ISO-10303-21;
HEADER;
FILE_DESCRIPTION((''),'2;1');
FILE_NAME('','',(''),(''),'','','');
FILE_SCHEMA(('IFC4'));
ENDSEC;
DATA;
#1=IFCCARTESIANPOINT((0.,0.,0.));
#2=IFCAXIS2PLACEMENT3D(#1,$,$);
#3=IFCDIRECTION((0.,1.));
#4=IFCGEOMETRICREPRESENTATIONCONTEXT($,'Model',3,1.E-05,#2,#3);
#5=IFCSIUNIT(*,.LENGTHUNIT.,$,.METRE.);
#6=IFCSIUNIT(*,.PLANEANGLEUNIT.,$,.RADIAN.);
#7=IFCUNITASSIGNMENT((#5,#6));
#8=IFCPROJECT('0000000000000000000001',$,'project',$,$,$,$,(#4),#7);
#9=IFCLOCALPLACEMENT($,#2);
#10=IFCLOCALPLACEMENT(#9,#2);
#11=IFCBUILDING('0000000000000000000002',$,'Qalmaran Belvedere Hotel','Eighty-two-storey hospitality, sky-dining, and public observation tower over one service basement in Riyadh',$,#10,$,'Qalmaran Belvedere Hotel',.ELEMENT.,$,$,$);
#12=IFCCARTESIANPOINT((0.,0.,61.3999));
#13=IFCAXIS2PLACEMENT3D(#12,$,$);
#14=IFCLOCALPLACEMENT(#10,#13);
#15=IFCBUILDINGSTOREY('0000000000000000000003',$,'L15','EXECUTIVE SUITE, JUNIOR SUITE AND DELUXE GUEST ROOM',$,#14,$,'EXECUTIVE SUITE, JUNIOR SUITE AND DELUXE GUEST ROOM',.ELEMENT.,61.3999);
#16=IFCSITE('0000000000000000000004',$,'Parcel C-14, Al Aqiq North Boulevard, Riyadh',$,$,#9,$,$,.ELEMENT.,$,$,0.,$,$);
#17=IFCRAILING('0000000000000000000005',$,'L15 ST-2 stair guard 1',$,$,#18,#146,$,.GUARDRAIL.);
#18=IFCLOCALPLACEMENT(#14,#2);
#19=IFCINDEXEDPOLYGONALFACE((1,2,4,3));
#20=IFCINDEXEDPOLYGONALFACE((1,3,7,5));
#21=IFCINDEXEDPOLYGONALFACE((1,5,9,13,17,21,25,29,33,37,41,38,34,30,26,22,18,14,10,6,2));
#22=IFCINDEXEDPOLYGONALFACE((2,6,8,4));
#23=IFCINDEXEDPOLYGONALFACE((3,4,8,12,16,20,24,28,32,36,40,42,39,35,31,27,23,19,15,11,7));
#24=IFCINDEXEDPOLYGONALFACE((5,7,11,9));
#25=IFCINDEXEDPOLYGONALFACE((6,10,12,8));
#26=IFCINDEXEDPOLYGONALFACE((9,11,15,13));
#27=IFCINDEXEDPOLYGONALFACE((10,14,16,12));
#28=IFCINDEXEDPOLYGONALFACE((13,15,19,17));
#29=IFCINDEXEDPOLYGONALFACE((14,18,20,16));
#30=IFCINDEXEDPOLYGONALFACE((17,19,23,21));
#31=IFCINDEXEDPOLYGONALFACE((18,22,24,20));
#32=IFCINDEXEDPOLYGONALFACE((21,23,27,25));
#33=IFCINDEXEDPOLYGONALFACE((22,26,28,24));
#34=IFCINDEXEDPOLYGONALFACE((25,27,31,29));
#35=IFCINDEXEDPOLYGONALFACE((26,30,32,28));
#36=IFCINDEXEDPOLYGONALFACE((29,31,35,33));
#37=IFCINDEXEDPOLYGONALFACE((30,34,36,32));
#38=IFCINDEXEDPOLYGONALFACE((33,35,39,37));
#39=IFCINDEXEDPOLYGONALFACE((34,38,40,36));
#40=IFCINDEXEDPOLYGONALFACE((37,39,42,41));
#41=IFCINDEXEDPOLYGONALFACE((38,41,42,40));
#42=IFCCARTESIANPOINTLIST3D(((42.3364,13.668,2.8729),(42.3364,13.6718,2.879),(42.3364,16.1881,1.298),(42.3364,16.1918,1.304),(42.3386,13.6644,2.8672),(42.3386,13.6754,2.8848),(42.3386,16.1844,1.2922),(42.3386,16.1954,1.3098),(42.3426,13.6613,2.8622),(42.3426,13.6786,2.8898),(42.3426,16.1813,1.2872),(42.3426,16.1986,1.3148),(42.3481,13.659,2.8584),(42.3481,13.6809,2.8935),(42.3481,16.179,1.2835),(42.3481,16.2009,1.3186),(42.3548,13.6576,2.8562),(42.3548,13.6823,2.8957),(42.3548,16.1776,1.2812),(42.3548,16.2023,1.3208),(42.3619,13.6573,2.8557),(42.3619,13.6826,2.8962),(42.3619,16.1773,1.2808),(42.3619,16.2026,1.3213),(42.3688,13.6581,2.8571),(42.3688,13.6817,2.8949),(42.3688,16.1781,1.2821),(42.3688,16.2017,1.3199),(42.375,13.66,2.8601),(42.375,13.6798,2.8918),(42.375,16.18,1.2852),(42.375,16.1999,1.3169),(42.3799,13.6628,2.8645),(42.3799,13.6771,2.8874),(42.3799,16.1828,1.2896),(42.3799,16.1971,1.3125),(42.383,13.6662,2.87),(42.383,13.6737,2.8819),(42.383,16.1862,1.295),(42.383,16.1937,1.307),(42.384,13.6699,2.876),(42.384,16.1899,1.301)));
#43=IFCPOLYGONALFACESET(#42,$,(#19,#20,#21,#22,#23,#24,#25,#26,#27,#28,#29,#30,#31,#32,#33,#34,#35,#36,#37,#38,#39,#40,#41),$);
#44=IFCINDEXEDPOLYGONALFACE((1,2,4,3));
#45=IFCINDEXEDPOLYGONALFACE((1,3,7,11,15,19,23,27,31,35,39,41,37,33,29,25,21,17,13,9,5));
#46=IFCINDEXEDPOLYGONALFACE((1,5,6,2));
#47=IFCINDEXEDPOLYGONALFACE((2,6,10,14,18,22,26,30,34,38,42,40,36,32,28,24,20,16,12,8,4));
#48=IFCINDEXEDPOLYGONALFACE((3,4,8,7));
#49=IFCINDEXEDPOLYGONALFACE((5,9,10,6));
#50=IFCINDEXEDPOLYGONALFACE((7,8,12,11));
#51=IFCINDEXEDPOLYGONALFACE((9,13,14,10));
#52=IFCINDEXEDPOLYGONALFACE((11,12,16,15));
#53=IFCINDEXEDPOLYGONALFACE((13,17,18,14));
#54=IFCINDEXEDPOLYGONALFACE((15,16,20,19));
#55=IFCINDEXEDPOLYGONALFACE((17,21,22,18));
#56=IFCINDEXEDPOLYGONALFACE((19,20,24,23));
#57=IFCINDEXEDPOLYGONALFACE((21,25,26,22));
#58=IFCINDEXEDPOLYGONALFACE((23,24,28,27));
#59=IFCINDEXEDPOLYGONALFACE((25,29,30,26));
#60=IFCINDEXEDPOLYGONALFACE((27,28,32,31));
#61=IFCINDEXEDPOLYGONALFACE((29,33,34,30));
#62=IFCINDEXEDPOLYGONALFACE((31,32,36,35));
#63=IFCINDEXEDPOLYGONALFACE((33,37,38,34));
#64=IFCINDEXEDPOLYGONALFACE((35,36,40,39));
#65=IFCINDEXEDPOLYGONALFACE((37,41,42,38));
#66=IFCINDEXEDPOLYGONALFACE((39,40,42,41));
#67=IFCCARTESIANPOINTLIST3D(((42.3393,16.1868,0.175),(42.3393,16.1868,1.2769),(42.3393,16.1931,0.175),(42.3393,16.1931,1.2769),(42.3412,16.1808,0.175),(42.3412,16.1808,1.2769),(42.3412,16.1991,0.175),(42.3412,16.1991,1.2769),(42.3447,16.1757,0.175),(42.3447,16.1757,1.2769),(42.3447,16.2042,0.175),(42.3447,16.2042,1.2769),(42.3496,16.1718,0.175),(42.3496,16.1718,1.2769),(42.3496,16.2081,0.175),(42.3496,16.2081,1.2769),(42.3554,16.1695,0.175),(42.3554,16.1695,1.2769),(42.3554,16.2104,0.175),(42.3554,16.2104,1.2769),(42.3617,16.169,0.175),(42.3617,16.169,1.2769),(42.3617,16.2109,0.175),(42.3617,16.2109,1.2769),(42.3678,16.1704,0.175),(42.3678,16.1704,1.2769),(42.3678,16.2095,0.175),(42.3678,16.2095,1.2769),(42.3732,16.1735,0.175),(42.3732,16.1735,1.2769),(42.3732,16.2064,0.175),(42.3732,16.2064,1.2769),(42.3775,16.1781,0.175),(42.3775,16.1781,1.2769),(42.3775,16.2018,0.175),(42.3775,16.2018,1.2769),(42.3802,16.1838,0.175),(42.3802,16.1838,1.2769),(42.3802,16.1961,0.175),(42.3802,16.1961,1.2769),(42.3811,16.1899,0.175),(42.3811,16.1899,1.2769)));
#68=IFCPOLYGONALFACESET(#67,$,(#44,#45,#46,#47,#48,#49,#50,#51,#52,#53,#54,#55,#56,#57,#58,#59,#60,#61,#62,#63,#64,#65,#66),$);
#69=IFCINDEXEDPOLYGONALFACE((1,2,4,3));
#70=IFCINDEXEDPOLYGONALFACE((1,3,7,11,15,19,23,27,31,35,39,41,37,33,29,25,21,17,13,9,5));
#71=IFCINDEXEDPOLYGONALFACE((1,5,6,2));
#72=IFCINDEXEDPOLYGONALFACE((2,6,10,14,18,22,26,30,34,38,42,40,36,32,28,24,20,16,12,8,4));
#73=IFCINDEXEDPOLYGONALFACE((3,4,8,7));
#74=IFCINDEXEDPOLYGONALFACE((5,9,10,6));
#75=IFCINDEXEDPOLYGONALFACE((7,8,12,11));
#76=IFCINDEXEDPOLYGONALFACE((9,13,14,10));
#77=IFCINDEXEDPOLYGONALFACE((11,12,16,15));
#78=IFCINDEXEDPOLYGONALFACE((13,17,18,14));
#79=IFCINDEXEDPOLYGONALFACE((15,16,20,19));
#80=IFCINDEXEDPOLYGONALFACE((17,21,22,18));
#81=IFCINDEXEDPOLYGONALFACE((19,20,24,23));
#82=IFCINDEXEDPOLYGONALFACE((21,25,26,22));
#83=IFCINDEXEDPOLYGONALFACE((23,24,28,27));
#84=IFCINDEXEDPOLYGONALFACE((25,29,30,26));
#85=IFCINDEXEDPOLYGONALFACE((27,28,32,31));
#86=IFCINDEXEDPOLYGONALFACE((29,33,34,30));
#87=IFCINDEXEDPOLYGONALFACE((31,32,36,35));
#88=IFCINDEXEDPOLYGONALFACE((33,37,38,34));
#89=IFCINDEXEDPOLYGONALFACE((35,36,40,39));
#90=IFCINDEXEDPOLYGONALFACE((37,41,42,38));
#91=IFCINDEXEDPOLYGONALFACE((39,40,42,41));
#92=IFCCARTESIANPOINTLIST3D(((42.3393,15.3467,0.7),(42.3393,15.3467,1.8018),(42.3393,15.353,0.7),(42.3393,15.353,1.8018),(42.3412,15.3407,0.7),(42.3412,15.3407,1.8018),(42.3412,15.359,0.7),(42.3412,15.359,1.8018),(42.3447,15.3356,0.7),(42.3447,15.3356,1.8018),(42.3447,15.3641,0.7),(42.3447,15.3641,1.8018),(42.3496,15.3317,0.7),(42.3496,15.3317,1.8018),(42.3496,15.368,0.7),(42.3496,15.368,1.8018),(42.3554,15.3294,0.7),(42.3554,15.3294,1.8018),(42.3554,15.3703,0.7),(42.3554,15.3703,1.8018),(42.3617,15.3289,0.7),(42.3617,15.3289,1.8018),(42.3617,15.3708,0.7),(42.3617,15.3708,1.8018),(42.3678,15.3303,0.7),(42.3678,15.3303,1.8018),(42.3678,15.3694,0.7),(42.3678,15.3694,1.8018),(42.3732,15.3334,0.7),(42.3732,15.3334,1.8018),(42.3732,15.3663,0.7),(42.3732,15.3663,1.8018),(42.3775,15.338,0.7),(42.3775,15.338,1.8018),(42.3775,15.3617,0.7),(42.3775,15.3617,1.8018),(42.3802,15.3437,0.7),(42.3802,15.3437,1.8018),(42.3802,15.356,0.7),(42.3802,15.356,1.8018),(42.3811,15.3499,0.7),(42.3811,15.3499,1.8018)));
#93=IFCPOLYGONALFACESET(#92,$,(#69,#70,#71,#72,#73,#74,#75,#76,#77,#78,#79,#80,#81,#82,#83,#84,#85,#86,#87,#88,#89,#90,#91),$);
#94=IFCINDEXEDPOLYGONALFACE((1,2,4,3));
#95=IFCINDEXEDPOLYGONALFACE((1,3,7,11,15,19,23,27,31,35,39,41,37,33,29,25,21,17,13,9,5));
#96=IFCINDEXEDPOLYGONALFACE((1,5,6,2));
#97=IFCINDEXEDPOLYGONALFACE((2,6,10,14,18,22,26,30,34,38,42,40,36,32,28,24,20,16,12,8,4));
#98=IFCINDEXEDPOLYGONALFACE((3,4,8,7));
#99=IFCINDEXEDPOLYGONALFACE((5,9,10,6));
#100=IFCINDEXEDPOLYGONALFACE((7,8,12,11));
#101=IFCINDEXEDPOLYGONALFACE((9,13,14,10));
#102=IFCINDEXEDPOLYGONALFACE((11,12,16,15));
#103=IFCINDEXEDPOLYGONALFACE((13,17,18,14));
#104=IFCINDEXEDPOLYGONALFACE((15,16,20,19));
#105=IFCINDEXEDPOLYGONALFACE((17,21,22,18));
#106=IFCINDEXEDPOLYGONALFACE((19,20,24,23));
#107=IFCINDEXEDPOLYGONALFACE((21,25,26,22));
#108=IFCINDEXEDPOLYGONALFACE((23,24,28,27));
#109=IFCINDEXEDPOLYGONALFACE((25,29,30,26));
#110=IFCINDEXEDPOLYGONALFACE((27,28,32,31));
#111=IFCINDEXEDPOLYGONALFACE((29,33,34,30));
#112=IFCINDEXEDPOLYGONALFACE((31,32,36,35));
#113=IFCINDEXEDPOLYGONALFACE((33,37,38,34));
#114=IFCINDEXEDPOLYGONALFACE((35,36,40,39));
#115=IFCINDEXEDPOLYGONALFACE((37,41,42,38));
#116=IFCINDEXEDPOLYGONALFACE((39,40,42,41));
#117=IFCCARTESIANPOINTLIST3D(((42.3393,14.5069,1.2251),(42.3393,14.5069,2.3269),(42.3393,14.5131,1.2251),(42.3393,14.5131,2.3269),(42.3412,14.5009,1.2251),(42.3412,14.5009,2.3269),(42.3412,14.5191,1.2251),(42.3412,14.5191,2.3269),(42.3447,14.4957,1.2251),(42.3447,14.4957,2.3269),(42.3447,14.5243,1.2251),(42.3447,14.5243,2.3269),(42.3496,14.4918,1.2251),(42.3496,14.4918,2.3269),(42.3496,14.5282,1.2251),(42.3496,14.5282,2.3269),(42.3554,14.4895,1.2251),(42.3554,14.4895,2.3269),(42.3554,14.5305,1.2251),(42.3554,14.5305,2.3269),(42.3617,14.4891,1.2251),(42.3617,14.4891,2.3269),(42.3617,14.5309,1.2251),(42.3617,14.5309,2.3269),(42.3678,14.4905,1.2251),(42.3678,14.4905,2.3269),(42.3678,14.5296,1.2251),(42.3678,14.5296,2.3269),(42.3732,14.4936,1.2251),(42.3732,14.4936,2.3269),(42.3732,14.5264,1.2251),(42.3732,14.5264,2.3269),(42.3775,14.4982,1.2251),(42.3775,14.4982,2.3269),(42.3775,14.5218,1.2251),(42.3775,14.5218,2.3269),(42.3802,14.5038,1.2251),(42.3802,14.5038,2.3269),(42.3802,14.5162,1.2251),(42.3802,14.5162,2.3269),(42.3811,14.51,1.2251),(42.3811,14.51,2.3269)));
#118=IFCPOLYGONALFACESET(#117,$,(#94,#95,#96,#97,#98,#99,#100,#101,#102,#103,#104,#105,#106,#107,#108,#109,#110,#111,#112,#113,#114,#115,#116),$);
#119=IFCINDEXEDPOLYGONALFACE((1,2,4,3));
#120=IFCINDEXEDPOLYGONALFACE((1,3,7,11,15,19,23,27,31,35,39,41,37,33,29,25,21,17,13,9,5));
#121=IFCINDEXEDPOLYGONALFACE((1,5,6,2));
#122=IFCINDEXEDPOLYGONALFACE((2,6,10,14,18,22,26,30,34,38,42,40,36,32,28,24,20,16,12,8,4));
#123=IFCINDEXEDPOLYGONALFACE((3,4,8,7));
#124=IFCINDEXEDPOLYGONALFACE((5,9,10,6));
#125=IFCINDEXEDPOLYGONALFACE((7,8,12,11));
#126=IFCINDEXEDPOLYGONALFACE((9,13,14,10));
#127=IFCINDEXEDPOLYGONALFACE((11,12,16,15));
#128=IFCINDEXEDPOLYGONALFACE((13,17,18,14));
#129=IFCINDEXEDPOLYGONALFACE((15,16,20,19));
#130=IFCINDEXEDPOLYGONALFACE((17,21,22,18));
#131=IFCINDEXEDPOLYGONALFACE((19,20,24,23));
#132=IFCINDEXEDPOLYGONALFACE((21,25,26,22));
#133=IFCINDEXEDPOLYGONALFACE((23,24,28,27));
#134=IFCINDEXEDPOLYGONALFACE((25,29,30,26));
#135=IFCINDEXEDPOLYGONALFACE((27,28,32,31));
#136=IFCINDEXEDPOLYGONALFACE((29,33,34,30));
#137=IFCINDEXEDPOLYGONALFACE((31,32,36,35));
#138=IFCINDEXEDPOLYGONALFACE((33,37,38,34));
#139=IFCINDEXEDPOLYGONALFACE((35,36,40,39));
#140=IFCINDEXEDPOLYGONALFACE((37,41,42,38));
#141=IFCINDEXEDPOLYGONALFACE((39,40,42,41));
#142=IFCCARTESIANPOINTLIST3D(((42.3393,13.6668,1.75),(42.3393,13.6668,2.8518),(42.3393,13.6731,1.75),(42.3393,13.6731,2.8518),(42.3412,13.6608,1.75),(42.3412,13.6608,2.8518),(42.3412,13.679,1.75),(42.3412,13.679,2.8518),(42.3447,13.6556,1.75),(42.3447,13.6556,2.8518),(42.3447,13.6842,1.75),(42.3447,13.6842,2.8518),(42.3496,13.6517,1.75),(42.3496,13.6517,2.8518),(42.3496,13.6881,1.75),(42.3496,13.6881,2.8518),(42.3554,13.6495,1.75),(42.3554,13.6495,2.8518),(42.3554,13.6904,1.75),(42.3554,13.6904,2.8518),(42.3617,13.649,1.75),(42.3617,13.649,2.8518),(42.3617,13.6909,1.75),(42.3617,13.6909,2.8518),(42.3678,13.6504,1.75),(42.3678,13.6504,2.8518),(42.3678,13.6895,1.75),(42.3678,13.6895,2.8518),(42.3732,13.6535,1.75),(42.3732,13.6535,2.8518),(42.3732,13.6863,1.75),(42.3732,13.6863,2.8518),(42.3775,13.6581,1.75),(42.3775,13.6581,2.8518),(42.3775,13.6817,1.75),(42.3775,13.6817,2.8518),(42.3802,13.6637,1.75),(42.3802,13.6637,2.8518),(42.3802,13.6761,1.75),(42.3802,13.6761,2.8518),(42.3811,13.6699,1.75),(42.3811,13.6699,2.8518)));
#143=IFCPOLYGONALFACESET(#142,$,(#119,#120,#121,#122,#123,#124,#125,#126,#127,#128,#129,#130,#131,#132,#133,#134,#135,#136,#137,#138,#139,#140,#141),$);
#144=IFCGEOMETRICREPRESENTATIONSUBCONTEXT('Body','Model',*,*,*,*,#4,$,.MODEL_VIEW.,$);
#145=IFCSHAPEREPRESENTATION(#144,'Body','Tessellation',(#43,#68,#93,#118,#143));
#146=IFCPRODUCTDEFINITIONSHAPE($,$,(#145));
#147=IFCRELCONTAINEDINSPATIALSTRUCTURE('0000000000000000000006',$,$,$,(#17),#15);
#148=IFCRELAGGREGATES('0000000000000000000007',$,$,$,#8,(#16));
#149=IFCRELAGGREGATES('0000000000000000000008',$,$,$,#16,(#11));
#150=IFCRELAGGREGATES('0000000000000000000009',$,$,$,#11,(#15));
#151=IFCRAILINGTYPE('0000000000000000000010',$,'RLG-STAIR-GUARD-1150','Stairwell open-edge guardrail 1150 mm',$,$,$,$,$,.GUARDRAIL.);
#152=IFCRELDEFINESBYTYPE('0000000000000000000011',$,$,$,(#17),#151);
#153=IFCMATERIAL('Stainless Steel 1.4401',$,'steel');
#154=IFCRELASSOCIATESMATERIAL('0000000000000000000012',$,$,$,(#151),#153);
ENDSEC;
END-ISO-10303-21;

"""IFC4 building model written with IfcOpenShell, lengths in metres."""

from ifc_helpers import new_model, si_unit, direction, frame, origin, origin_2d, place, context, subcontext, project, spatial, circle, extrude, material, type_object, element, save


model = new_model("IFC4")

# Units and contexts
model_context = context("Model", 3, precision=1e-05, world=origin(), true_north=direction((0.0, 1.0)))
body_context = subcontext(model_context, "Body", "Model", "MODEL_VIEW")
ifc_project = project(units=[si_unit("LENGTHUNIT", "METRE"), si_unit("PLANEANGLEUNIT", "RADIAN")], contexts=[model_context])

# Site, building, storey
site_placement = place(None, origin())
site = spatial("IfcSite", under=ifc_project, at=site_placement, Name="Parcel C-14, Al Aqiq North Boulevard, Riyadh", CompositionType="ELEMENT", RefElevation=0.0)
building_placement = place(site_placement, origin())
building = spatial("IfcBuilding", under=site, at=building_placement, Name="Qalmaran Belvedere Hotel", Description="Eighty-two-storey hospitality, sky-dining, and public observation tower over one service basement in Riyadh", LongName="Qalmaran Belvedere Hotel", CompositionType="ELEMENT")
storey_placement = place(building_placement, frame((0.0, 0.0, 61.3999)))
storey = spatial("IfcBuildingStorey", under=building, at=storey_placement, Name="L15", Description="EXECUTIVE SUITE, JUNIOR SUITE AND DELUXE GUEST ROOM", LongName="EXECUTIVE SUITE, JUNIOR SUITE AND DELUXE GUEST ROOM", CompositionType="ELEMENT", Elevation=61.3999)

# Shared definitions
ifc_material_1 = material(Name="Stainless Steel 1.4401", Category="steel")

# Railing
railing_type_1 = type_object("IfcRailingType", Name="RLG-STAIR-GUARD-1150", Description="Stairwell open-edge guardrail 1150 mm", PredefinedType="GUARDRAIL", material=ifc_material_1)
railing_1_placement = place(storey_placement, frame((42.3601, 16.1899, 0.175)))
element("IfcRailing", 1, at=railing_1_placement, inside=storey, type_object=railing_type_1, Name="L15 ST-2 stair guard 1", PredefinedType="GUARDRAIL", context=body_context, shape_type="SweptSolid", body=[
    extrude(circle(Radius=0.0239, at=origin_2d()), frame((0.0, 0.0, 1.126), z_axis=(0.0, -0.848008, 0.529984), x_axis=(1.0, 0.0, 0.0)), (0.0, 0.0, 1.0), 2.9717),
    extrude(circle(Radius=0.021, at=origin_2d()), origin(), (0.0, 0.0, 1.0), 1.1018),
    extrude(circle(Radius=0.021, at=origin_2d()), frame((0.0, -0.8401, 0.5249)), (0.0, 0.0, 1.0), 1.1018),
    extrude(circle(Radius=0.021, at=origin_2d()), frame((0.0, -1.6799, 1.05)), (0.0, 0.0, 1.0), 1.1018),
    extrude(circle(Radius=0.021, at=origin_2d()), frame((0.0, -2.52, 1.575)), (0.0, 0.0, 1.0), 1.1018),
])

save(model, "model.ifc")
